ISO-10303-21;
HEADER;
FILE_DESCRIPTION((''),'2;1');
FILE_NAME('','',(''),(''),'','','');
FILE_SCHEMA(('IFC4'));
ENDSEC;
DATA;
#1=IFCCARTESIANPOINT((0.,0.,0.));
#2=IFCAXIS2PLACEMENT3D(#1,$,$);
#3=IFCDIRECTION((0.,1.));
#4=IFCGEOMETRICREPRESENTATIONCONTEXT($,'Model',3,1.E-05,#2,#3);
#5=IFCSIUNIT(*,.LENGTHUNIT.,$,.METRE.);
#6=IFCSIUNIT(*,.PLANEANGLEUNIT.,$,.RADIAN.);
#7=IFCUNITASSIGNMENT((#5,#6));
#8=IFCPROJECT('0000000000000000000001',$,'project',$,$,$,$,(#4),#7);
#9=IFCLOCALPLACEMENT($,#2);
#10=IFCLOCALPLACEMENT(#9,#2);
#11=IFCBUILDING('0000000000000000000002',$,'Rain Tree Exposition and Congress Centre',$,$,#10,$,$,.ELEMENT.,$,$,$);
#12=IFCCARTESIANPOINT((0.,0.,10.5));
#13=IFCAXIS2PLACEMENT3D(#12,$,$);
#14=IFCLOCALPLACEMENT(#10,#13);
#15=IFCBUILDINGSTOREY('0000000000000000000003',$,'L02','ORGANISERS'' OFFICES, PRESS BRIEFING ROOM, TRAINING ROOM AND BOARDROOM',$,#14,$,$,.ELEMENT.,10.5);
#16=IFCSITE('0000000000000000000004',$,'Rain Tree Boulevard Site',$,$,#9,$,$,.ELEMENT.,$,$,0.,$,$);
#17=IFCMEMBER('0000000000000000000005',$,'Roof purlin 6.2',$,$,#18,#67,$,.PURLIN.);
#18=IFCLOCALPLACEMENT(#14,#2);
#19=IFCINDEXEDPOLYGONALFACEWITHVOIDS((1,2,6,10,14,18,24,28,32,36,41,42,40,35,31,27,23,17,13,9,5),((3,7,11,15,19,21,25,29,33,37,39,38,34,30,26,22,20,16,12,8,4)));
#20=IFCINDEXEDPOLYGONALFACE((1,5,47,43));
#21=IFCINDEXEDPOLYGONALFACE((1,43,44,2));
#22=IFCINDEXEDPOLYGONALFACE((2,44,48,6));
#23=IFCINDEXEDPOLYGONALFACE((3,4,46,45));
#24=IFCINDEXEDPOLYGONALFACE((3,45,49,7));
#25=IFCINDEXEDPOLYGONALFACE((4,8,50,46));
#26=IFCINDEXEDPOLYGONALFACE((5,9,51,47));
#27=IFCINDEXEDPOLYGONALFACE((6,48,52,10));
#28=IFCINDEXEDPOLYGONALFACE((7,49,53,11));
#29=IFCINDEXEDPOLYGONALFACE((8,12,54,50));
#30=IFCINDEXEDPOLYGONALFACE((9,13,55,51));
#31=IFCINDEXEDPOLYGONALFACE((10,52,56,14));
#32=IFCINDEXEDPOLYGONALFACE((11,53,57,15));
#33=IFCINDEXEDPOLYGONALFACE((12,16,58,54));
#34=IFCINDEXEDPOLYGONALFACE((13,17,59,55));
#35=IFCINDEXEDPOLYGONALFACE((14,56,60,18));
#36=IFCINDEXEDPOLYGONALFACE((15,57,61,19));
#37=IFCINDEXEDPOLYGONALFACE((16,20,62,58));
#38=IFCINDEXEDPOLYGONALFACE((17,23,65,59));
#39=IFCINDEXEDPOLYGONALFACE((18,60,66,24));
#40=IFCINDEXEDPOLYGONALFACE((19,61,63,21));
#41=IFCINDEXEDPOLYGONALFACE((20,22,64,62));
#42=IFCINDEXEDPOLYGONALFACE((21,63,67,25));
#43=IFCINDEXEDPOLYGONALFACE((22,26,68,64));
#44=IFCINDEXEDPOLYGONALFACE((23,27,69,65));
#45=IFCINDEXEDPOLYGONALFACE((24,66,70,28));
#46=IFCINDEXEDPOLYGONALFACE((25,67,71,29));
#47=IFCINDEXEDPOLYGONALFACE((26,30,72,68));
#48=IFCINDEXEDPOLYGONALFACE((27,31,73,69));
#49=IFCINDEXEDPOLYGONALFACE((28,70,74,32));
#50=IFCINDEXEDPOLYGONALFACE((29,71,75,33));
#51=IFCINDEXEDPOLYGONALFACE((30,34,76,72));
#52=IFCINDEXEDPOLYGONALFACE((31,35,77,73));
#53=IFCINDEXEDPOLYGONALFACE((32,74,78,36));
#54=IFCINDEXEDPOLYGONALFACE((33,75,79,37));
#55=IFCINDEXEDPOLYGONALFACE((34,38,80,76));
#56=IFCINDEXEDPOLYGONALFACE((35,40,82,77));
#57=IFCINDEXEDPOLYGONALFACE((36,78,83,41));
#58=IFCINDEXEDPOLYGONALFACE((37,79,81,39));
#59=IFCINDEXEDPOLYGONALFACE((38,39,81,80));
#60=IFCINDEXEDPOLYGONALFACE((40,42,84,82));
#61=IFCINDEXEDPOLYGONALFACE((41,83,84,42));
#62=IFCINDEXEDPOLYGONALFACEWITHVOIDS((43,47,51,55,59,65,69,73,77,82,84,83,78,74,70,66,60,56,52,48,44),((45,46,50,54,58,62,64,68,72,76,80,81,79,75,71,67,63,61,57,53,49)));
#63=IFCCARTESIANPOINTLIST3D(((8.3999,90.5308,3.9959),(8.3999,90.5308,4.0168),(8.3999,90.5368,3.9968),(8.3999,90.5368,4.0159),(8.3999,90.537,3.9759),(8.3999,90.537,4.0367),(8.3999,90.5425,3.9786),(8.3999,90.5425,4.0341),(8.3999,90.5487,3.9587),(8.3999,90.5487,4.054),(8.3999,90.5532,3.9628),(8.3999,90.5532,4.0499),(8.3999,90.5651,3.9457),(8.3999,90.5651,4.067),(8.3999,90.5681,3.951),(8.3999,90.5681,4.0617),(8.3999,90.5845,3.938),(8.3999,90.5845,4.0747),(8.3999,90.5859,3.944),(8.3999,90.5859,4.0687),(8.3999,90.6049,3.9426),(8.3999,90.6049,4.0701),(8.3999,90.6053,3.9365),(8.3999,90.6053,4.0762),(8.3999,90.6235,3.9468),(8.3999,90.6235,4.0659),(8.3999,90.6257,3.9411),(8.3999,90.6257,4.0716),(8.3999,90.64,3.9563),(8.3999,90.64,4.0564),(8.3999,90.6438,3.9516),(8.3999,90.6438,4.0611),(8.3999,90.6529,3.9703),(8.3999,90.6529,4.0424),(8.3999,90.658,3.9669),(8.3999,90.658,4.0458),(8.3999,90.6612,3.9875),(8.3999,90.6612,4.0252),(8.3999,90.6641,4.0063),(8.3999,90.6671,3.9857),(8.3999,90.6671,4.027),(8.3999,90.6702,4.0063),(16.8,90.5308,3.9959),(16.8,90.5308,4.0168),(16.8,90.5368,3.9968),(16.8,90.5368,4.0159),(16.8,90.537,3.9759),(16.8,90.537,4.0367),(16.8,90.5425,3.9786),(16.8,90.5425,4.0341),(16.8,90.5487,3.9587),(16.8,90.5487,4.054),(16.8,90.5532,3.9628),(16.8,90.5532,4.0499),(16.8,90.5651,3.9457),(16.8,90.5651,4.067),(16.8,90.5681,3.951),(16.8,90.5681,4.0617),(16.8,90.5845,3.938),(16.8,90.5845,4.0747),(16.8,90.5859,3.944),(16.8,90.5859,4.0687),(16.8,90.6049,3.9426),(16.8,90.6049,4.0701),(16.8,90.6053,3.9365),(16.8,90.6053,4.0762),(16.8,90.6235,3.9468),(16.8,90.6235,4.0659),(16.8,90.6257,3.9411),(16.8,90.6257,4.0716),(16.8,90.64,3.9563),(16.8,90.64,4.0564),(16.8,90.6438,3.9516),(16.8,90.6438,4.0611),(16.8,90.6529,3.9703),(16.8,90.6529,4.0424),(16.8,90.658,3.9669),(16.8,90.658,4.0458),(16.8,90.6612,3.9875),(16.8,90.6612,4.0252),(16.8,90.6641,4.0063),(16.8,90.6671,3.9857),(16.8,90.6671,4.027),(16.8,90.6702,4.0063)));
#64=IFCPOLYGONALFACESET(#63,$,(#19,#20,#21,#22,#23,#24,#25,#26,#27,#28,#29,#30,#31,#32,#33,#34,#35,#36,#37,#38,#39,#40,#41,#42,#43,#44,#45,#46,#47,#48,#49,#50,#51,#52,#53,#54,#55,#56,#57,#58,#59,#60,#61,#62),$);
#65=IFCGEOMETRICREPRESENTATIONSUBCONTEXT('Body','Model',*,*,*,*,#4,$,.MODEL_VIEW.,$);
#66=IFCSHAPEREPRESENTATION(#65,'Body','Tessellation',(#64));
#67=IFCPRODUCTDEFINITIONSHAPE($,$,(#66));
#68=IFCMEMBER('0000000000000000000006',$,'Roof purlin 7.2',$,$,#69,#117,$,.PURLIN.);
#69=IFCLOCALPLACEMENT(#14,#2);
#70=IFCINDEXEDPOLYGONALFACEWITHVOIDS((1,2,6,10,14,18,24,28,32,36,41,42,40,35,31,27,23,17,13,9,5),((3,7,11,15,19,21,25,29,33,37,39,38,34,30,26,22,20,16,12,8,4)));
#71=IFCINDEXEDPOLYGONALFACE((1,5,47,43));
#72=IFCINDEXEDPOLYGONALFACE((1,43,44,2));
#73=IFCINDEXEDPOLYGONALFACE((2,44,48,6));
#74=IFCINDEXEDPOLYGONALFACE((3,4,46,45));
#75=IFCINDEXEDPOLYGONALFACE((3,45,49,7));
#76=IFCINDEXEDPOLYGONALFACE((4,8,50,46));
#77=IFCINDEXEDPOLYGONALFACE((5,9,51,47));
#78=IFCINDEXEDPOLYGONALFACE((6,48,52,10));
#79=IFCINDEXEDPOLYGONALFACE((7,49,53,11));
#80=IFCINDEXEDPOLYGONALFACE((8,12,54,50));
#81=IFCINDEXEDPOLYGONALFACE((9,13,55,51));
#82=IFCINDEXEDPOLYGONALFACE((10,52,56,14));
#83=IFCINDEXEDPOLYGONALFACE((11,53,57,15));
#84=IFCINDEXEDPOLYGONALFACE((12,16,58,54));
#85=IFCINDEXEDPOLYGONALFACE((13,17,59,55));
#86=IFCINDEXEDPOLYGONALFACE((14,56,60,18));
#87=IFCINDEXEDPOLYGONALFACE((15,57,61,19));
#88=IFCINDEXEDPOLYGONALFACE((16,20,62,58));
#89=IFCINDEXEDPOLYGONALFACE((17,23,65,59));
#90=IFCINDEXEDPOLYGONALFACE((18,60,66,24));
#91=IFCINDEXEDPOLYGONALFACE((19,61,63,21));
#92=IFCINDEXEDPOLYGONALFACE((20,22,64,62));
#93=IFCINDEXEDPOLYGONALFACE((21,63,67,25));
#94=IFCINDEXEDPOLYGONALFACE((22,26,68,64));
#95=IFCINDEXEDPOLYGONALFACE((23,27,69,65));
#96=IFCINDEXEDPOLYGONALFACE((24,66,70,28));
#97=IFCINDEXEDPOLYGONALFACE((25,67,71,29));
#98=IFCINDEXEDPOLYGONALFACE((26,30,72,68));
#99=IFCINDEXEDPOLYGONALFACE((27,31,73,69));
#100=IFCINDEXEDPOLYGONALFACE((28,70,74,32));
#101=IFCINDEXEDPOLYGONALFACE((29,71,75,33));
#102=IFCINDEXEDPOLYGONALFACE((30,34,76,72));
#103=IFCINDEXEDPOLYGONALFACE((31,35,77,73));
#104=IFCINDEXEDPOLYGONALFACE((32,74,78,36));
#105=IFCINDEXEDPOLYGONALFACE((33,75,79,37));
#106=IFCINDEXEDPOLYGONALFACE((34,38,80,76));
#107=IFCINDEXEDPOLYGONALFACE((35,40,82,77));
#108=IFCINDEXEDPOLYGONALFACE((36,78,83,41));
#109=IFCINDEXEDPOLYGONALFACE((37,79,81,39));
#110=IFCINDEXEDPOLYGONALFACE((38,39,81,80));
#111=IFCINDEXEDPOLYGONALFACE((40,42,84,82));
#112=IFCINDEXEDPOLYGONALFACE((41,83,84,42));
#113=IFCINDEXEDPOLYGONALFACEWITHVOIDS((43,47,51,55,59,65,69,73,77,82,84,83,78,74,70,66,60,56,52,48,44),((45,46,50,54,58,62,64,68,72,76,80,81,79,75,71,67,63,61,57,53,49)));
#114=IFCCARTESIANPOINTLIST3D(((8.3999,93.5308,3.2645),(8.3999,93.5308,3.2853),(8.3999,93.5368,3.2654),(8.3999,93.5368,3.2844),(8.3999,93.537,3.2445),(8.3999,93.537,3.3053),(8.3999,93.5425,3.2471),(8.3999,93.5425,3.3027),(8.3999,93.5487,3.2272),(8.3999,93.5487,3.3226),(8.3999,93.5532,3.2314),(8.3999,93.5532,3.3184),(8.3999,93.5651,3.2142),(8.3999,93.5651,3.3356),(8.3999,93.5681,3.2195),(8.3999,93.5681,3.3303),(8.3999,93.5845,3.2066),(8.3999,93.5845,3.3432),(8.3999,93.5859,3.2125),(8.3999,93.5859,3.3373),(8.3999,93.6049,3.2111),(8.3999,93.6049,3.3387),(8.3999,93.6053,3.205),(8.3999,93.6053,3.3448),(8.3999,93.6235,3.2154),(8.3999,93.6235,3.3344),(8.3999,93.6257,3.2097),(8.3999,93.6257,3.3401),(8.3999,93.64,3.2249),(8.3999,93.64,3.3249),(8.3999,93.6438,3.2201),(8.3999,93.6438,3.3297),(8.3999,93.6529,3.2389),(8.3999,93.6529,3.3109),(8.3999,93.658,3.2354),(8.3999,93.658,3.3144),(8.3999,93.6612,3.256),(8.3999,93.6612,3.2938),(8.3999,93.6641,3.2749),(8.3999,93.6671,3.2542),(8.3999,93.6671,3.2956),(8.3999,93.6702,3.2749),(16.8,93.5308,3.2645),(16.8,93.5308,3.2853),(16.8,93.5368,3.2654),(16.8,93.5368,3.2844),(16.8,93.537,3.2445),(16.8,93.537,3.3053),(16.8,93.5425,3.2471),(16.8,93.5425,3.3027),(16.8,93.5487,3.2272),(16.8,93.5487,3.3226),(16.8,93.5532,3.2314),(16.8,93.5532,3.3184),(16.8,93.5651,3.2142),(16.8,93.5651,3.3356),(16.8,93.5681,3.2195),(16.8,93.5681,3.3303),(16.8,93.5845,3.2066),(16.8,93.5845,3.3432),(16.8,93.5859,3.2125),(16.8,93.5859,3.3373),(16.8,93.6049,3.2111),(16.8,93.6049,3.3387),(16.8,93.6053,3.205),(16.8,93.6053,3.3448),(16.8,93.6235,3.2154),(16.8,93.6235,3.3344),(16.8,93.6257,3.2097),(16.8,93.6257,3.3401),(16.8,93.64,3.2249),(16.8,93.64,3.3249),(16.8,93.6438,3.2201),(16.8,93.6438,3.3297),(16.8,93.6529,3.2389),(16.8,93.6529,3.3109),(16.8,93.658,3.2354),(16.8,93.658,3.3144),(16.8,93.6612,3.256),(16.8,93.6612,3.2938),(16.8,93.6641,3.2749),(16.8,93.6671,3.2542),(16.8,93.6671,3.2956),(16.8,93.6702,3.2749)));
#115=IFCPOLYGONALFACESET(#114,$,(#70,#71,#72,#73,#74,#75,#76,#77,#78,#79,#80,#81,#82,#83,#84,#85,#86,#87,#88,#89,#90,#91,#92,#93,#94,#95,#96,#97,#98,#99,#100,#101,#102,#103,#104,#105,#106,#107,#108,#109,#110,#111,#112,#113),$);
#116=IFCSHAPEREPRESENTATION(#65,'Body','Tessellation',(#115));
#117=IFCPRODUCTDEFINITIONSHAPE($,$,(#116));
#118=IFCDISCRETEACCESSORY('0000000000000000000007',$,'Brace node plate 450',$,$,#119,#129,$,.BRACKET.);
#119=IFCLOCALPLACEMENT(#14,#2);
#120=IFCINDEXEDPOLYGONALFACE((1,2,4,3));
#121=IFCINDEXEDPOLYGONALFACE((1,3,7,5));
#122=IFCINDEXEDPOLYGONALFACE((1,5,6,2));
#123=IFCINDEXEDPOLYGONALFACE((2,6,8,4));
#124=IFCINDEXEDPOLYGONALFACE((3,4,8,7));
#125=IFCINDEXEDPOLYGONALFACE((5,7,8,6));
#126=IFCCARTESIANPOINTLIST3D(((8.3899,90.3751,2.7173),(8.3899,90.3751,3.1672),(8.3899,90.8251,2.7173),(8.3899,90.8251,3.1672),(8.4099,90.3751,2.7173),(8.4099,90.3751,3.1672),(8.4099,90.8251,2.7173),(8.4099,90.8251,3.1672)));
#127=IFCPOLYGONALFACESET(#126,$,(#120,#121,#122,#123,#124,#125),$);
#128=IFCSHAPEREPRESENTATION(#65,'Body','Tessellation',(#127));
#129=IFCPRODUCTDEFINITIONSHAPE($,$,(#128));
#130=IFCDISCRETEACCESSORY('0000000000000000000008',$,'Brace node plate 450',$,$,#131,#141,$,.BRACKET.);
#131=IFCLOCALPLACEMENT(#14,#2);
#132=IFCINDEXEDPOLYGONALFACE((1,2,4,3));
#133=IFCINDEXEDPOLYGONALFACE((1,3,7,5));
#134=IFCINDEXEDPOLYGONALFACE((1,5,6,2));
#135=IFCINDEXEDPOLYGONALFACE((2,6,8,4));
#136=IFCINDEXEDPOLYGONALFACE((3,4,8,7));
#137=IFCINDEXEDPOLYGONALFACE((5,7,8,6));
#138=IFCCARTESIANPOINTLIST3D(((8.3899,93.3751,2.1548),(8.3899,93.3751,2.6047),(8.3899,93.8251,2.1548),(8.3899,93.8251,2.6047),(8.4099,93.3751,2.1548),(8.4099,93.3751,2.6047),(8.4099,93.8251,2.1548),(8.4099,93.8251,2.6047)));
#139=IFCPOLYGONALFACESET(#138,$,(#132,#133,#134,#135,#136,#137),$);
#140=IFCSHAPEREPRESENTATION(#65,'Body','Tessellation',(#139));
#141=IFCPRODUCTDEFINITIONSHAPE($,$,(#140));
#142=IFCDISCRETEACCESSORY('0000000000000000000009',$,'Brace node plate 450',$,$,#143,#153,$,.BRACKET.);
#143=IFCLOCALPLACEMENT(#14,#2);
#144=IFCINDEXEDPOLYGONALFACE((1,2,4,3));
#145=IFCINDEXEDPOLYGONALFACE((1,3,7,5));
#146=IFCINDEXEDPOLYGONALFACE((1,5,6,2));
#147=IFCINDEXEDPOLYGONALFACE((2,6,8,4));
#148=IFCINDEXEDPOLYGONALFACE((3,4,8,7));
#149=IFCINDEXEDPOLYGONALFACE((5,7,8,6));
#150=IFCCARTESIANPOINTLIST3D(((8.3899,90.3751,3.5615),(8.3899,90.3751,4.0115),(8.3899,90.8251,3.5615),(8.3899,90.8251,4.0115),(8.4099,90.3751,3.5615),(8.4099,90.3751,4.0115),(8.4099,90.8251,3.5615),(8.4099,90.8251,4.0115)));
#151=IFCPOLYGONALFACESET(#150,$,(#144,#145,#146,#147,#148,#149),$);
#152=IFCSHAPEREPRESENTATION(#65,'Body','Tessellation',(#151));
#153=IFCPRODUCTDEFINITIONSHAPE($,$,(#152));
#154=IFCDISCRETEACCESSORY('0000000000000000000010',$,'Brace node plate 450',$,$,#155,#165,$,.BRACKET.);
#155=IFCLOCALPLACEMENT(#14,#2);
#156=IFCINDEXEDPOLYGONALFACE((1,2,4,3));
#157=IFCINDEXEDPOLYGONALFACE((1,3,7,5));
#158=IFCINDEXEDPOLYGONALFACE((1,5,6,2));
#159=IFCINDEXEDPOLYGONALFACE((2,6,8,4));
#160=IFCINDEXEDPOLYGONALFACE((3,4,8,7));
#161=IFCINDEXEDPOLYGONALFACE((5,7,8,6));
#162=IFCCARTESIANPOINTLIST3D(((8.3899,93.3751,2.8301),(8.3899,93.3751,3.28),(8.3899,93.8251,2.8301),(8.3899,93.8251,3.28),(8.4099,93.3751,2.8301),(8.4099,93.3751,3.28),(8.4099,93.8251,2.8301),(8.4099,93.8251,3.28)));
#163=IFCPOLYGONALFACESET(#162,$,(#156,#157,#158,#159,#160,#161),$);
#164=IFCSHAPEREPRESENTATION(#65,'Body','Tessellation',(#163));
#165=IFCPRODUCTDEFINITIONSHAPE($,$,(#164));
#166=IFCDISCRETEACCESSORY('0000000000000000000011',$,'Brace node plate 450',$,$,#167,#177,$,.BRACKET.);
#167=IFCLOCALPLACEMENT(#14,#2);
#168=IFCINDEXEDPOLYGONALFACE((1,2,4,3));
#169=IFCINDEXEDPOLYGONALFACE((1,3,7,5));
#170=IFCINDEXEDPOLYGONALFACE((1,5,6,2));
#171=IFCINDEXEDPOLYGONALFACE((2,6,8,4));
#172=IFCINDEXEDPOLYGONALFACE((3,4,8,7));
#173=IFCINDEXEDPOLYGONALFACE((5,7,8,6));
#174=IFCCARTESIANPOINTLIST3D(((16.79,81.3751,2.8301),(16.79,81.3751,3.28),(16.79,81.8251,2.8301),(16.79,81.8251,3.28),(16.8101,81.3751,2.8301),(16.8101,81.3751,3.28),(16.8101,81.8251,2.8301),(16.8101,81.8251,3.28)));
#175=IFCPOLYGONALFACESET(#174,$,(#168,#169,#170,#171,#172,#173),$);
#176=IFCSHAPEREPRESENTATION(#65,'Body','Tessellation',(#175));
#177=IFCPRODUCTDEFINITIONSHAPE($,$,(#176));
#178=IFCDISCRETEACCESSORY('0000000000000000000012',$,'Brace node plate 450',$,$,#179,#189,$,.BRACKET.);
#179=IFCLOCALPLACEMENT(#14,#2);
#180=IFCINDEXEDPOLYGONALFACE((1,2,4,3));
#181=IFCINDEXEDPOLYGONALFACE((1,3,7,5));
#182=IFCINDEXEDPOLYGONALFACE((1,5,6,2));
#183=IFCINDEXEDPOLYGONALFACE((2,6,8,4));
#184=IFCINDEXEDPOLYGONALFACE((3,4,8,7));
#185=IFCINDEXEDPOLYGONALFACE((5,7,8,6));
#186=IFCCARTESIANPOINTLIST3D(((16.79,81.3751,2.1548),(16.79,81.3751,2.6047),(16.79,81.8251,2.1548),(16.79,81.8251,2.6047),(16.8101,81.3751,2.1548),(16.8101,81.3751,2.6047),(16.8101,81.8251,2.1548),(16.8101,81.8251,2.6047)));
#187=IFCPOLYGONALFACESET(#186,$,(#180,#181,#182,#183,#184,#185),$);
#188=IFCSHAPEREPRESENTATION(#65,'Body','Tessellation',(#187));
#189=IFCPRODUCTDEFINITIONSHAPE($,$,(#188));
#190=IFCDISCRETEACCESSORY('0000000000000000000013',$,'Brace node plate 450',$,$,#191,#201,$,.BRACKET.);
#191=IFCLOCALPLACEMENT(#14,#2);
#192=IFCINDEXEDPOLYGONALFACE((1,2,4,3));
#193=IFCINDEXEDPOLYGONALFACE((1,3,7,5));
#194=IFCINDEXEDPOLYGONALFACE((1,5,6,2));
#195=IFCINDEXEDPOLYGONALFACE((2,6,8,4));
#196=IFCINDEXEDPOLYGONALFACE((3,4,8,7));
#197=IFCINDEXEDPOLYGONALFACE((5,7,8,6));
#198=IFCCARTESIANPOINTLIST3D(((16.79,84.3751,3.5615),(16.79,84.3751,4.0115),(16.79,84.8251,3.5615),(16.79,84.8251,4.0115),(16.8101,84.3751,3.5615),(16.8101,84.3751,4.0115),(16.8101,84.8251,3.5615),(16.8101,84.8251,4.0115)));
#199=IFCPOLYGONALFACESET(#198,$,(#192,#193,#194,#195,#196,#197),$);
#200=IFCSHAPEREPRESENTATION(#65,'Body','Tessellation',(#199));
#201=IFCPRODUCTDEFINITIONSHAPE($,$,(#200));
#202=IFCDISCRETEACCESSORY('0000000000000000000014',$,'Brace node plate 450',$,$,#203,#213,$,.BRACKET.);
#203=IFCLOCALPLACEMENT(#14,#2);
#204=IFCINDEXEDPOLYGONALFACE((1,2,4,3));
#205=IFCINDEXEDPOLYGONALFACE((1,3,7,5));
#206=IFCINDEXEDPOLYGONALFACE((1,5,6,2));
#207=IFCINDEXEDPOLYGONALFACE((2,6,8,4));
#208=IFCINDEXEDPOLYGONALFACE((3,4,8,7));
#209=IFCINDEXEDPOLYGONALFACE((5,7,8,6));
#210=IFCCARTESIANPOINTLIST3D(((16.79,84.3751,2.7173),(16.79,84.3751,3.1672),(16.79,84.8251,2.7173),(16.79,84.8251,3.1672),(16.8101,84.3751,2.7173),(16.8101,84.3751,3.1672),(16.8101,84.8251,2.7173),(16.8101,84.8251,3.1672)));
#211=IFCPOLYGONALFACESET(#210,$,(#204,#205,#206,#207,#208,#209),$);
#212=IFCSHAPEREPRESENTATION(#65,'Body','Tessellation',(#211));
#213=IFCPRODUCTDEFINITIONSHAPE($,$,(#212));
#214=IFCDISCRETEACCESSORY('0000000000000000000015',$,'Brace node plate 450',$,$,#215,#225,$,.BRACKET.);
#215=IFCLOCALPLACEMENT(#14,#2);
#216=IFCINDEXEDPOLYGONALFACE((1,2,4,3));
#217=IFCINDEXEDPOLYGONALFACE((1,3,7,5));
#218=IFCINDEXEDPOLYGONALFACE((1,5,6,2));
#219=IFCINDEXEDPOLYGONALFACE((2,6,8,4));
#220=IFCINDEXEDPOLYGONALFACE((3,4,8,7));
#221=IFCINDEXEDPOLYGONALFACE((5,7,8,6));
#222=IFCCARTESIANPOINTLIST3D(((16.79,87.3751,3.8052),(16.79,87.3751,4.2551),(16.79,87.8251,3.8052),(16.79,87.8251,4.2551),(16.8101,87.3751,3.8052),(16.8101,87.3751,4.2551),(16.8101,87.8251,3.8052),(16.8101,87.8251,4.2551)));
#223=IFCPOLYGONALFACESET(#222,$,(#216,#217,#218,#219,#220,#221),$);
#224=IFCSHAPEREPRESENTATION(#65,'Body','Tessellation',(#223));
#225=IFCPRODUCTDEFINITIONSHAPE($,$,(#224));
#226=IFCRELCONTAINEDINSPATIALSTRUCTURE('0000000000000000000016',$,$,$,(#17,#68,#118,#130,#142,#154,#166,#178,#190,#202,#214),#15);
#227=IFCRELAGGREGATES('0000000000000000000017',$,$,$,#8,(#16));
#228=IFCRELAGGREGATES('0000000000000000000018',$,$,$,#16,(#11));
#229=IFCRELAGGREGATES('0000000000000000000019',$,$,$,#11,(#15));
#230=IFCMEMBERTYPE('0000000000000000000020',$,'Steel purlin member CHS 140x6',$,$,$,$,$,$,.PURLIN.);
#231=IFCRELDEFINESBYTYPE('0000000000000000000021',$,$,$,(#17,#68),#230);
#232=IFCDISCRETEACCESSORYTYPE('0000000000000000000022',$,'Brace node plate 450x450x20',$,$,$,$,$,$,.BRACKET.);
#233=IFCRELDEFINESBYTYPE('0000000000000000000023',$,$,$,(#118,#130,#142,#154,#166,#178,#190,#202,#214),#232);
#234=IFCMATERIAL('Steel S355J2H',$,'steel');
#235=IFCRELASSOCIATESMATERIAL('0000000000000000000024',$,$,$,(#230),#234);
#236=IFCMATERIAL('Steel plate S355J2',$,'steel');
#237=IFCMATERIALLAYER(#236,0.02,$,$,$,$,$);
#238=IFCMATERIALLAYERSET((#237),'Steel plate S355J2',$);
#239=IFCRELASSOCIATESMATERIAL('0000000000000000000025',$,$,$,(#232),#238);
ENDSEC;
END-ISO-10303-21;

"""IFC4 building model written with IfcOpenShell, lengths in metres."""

from ifc_helpers import new_model, si_unit, direction, frame, origin, origin_2d, place, context, subcontext, project, spatial, rectangle, hollow_circle, extrude, material, layer, layer_set, material_profile, profile_set, type_object, element, save


model = new_model("IFC4")

# Units and contexts
model_context = context("Model", 3, precision=1e-05, world=origin(), true_north=direction((0.0, 1.0)))
body_context = subcontext(model_context, "Body", "Model", "MODEL_VIEW")
ifc_project = project(units=[si_unit("LENGTHUNIT", "METRE"), si_unit("PLANEANGLEUNIT", "RADIAN")], contexts=[model_context])

# Site, building, storey
site_placement = place(None, origin())
site = spatial("IfcSite", under=ifc_project, at=site_placement, Name="Rain Tree Boulevard Site", CompositionType="ELEMENT", RefElevation=0.0)
building_placement = place(site_placement, origin())
building = spatial("IfcBuilding", under=site, at=building_placement, Name="Rain Tree Exposition and Congress Centre", CompositionType="ELEMENT")
storey_placement = place(building_placement, frame((0.0, 0.0, 10.5)))
storey = spatial("IfcBuildingStorey", under=building, at=storey_placement, Name="L02", Description="ORGANISERS' OFFICES, PRESS BRIEFING ROOM, TRAINING ROOM AND BOARDROOM", CompositionType="ELEMENT", Elevation=10.5)

# Members
ifc_material_1 = material(Name="Steel S355J2H", Category="steel")
ifc_material_profile_1 = material_profile(ifc_material_1, hollow_circle(Radius=0.0701, WallThickness=0.0061, at=origin_2d()), Name="CHS 140x6")
ifc_profile_set_1 = profile_set([ifc_material_profile_1], Name="Steel S355J2H")
member_type_1 = type_object("IfcMemberType", Name="Steel purlin member CHS 140x6", PredefinedType="PURLIN", material=ifc_profile_set_1)
for number, where, z_axis, x_axis, name in (
    (1, (8.3999, 90.6001, 4.0063), (1.0, 0.0, 0.0), (0.0, 1.0, 0.0), "Roof purlin 6.2"),
    (2, (8.3999, 93.6001, 3.2749), (1.0, 0.0, 0.0), (0.0, 1.0, 0.0), "Roof purlin 7.2"),
):
    element("IfcMember", number, at=place(storey_placement, frame(where, z_axis=z_axis, x_axis=x_axis)), inside=storey, type_object=member_type_1, Name=name, PredefinedType="PURLIN", context=body_context, shape_type="SweptSolid", body=[
        extrude(hollow_circle(Radius=0.0701, WallThickness=0.0061, at=origin_2d()), origin(), (0.0, 0.0, 1.0), 8.4001),
    ])

# Discrete accessories
ifc_material_2 = material(Name="Steel plate S355J2", Category="steel")
ifc_layer = layer(ifc_material_2, 0.02)
ifc_layer_set = layer_set([ifc_layer], Name="Steel plate S355J2")
discrete_accessory_type = type_object("IfcDiscreteAccessoryType", Name="Brace node plate 450x450x20", PredefinedType="BRACKET", material=ifc_layer_set)
for number, where, z_axis, x_axis, name in (
    (3, (8.3999, 90.6001, 2.7173), (0.0, 0.0, 1.0), (0.0, -1.0, 0.0), "Brace node plate 450"),
    (4, (8.3999, 93.6001, 2.1548), (0.0, 0.0, 1.0), (0.0, -1.0, 0.0), "Brace node plate 450"),
    (5, (8.3999, 90.6001, 3.5615), (0.0, 0.0, 1.0), (0.0, 1.0, 0.0), "Brace node plate 450"),
    (6, (8.3999, 93.6001, 2.8301), (0.0, 0.0, 1.0), (0.0, 1.0, 0.0), "Brace node plate 450"),
    (7, (16.8, 81.6001, 2.8301), (0.0, 0.0, 1.0), (0.0, -1.0, 0.0), "Brace node plate 450"),
    (8, (16.8, 81.6001, 2.1548), (0.0, 0.0, 1.0), (0.0, 1.0, 0.0), "Brace node plate 450"),
    (9, (16.8, 84.6001, 3.5615), (0.0, 0.0, 1.0), (0.0, -1.0, 0.0), "Brace node plate 450"),
    (10, (16.8, 84.6001, 2.7173), (0.0, 0.0, 1.0), (0.0, 1.0, 0.0), "Brace node plate 450"),
    (11, (16.8, 87.6001, 3.8052), (0.0, 0.0, 1.0), (0.0, 1.0, 0.0), "Brace node plate 450"),
):
    element("IfcDiscreteAccessory", number, at=place(storey_placement, frame(where, z_axis=z_axis, x_axis=x_axis)), inside=storey, type_object=discrete_accessory_type, Name=name, PredefinedType="BRACKET", context=body_context, shape_type="SweptSolid", body=[
        extrude(rectangle(XDim=0.45, YDim=0.02, at=origin_2d()), origin(), (0.0, 0.0, 1.0), 0.45),
    ])

save(model, "model.ifc")
